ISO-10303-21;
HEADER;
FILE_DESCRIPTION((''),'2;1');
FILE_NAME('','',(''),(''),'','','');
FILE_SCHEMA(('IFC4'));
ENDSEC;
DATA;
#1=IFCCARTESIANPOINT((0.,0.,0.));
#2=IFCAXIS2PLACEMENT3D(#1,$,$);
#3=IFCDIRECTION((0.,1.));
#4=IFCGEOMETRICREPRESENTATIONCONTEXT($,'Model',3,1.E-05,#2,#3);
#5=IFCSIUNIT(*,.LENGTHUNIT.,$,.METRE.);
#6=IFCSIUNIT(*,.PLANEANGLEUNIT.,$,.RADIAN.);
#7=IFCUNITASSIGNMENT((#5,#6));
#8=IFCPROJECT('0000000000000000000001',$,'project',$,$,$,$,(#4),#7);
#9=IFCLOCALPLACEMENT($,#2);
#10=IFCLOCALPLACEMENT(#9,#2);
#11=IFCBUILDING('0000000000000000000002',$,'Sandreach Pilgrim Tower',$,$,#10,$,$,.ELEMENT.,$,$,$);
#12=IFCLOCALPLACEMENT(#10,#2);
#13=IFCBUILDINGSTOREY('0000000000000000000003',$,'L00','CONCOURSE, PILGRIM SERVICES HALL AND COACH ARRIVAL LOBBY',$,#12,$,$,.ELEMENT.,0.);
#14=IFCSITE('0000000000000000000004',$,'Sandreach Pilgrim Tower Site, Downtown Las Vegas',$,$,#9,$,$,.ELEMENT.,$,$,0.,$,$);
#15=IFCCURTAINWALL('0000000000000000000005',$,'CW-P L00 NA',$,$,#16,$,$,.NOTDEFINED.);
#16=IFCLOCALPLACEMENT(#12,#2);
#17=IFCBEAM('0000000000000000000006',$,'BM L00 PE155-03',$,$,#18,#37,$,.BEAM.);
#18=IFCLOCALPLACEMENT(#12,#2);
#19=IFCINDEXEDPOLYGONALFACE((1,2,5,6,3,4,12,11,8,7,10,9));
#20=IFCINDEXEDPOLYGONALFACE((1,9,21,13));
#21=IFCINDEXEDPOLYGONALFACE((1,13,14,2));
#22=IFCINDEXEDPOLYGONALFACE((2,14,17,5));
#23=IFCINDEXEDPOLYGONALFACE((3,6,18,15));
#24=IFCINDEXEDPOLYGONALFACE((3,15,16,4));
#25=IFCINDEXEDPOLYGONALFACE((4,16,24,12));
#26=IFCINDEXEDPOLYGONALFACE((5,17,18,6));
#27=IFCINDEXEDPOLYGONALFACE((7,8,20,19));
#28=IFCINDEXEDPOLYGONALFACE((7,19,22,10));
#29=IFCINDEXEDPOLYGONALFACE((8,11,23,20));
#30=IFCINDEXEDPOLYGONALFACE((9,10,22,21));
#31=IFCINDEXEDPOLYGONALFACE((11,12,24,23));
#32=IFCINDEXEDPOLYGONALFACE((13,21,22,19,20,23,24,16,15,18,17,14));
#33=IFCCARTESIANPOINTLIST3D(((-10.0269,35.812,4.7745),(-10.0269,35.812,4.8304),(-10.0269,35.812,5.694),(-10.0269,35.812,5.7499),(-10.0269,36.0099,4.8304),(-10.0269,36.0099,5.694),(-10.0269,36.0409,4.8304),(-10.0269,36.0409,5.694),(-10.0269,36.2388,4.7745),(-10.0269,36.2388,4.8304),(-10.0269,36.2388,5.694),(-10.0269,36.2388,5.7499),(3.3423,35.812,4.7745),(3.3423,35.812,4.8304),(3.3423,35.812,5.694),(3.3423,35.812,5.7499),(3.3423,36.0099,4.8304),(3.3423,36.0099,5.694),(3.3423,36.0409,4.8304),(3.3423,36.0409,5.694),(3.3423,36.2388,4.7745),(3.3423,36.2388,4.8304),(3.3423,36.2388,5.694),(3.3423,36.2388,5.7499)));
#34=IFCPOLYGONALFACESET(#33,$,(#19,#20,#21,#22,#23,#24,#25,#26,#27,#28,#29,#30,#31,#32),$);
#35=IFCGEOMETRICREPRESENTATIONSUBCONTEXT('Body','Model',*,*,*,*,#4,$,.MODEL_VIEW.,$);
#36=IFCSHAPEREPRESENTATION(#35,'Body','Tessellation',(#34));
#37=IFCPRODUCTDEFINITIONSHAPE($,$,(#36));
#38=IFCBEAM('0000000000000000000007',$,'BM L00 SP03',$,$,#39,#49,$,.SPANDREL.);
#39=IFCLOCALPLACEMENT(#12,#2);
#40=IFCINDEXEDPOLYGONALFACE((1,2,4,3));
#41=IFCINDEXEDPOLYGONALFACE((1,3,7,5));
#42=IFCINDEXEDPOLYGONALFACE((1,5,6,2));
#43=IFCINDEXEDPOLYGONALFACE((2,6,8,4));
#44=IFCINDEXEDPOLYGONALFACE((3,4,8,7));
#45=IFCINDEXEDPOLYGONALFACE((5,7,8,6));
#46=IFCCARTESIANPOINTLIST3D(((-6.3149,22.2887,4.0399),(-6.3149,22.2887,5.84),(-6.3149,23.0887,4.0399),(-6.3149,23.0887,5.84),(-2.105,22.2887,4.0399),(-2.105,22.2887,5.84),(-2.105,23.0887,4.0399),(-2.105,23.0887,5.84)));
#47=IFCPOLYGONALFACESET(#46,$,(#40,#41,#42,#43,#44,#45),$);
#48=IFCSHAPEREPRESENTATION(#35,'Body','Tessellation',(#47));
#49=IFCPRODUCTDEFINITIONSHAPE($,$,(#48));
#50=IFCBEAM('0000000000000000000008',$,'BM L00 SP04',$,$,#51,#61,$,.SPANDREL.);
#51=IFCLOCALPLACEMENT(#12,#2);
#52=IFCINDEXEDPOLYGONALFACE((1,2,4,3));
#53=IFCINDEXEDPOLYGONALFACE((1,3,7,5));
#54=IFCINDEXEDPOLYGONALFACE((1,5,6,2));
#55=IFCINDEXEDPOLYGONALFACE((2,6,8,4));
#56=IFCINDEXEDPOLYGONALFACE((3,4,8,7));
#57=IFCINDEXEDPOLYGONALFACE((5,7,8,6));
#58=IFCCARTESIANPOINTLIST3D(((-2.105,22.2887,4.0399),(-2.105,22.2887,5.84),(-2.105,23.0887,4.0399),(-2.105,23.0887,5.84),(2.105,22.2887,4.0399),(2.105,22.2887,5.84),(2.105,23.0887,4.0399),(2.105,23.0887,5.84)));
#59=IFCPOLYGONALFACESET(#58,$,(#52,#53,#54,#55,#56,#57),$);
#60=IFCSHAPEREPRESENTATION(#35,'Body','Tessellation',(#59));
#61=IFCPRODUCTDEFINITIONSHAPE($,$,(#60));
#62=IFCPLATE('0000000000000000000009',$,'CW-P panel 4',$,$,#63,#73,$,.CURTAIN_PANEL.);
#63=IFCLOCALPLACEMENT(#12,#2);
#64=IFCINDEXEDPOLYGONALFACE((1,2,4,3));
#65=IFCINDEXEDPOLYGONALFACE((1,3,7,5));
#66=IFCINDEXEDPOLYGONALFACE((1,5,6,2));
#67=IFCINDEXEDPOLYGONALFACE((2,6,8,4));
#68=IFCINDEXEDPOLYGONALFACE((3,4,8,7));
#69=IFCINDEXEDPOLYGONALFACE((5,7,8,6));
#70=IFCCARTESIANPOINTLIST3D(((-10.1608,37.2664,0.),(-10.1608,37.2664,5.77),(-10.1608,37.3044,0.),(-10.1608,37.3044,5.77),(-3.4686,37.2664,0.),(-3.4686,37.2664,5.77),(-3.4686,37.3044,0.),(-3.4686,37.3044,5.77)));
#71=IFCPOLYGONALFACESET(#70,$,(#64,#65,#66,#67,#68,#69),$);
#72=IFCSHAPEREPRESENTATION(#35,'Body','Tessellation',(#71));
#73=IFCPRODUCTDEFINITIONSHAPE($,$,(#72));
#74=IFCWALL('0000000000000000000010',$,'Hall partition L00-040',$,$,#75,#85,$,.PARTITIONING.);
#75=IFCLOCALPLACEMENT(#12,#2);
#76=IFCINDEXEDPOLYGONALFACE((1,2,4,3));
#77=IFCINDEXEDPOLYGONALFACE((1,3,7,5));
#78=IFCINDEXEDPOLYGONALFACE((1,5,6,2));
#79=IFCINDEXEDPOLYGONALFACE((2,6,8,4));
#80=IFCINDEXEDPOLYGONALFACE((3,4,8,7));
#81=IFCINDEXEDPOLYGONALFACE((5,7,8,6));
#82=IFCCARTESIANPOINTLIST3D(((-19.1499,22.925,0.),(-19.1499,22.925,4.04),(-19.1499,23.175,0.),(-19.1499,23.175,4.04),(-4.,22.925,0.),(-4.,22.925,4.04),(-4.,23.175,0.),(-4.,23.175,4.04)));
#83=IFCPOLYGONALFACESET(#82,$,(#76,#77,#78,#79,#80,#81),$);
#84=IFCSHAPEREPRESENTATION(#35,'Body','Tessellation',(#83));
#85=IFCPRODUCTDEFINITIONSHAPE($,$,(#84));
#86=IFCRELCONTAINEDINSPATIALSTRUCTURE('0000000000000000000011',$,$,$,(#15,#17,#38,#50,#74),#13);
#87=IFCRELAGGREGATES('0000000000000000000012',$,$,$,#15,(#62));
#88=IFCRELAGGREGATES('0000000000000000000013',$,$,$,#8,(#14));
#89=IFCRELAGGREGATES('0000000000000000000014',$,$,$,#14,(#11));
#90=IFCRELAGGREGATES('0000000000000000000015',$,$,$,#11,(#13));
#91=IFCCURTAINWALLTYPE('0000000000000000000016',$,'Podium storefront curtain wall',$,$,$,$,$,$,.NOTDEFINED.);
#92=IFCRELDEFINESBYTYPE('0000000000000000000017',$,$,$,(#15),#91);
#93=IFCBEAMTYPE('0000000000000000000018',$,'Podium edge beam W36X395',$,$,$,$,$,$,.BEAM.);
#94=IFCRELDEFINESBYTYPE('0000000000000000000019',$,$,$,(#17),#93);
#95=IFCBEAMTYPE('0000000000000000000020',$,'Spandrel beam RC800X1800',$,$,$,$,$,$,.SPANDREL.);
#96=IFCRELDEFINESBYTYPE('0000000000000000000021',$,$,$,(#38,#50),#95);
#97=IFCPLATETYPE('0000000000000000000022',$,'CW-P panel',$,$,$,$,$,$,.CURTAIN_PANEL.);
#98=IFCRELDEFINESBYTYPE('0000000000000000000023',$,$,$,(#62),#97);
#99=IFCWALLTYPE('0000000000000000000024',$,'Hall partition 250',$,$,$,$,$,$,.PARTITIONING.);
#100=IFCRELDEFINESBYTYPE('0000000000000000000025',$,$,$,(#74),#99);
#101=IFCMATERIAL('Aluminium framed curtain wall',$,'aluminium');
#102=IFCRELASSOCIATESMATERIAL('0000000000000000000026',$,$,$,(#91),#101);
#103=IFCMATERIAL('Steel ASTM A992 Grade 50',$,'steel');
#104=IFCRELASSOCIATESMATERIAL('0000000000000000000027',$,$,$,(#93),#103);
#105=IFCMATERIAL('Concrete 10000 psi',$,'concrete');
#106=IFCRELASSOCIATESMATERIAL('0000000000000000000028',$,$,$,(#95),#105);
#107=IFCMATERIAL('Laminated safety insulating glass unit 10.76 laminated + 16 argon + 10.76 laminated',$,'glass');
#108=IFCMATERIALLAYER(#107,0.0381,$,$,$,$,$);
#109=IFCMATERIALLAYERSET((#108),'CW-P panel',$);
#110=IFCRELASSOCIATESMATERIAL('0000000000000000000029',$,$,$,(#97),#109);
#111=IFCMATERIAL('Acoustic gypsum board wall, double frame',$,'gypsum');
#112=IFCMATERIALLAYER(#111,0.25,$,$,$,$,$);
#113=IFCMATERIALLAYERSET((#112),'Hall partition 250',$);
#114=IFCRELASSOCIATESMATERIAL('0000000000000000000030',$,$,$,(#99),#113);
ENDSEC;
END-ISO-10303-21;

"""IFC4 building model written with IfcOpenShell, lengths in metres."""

from ifc_helpers import new_model, si_unit, direction, frame, frame_2d, origin, origin_2d, place, context, subcontext, project, spatial, rectangle, i_section, extrude, material, layer, layer_set, material_profile, profile_set, type_object, element, aggregate, save


model = new_model("IFC4")

# Units and contexts
model_context = context("Model", 3, precision=1e-05, world=origin(), true_north=direction((0.0, 1.0)))
body_context = subcontext(model_context, "Body", "Model", "MODEL_VIEW")
ifc_project = project(units=[si_unit("LENGTHUNIT", "METRE"), si_unit("PLANEANGLEUNIT", "RADIAN")], contexts=[model_context])

# Site, building, storey
site_placement = place(None, origin())
site = spatial("IfcSite", under=ifc_project, at=site_placement, Name="Sandreach Pilgrim Tower Site, Downtown Las Vegas", CompositionType="ELEMENT", RefElevation=0.0)
building_placement = place(site_placement, origin())
building = spatial("IfcBuilding", under=site, at=building_placement, Name="Sandreach Pilgrim Tower", CompositionType="ELEMENT")
storey_placement = place(building_placement, origin())
storey = spatial("IfcBuildingStorey", under=building, at=storey_placement, Name="L00", Description="CONCOURSE, PILGRIM SERVICES HALL AND COACH ARRIVAL LOBBY", CompositionType="ELEMENT", Elevation=0.0)

# Curtain wall
ifc_material_1 = material(Name="Aluminium framed curtain wall", Category="aluminium")
curtain_wall_type = type_object("IfcCurtainWallType", Name="Podium storefront curtain wall", PredefinedType="NOTDEFINED", material=ifc_material_1)
curtain_wall_placement = place(storey_placement, origin())
curtain_wall = element("IfcCurtainWall", 1, at=curtain_wall_placement, inside=storey, type_object=curtain_wall_type, Name="CW-P L00 NA", PredefinedType="NOTDEFINED")

# Beams
ifc_material_2 = material(Name="Steel ASTM A992 Grade 50", Category="steel")
ifc_material_profile_1 = material_profile(ifc_material_2, i_section(OverallWidth=0.4268, OverallDepth=0.9753, WebThickness=0.031, FlangeThickness=0.0559, at=origin_2d()), Name="W36X395")
ifc_profile_set_1 = profile_set([ifc_material_profile_1], Name="Steel ASTM A992 Grade 50")
beam_type_1 = type_object("IfcBeamType", Name="Podium edge beam W36X395", PredefinedType="BEAM", material=ifc_profile_set_1)
beam_1_placement = place(storey_placement, frame((-10.0269, 36.0254, 5.2622), z_axis=(1.0, 0.0, 0.0), x_axis=(0.0, 1.0, 0.0)))
element("IfcBeam", 2, at=beam_1_placement, inside=storey, type_object=beam_type_1, Name="BM L00 PE155-03", PredefinedType="BEAM", context=body_context, shape_type="SweptSolid", body=[
    extrude(i_section(OverallWidth=0.4268, OverallDepth=0.9753, WebThickness=0.031, FlangeThickness=0.0559, at=origin_2d()), origin(), (0.0, 0.0, 1.0), 13.3691),
])
ifc_material_3 = material(Name="Concrete 10000 psi", Category="concrete")
ifc_material_profile_2 = material_profile(ifc_material_3, rectangle(XDim=0.8, YDim=1.8, at=origin_2d()), Name="RC800X1800")
ifc_profile_set_2 = profile_set([ifc_material_profile_2], Name="Concrete 10000 psi")
beam_type_2 = type_object("IfcBeamType", Name="Spandrel beam RC800X1800", PredefinedType="SPANDREL", material=ifc_profile_set_2)
for number, where, z_axis, x_axis, name in (
    (3, (-6.3149, 22.6887, 4.9399), (1.0, 0.0, 0.0), (0.0, 1.0, 0.0), "BM L00 SP03"),
    (4, (-2.105, 22.6887, 4.9399), (1.0, 0.0, 0.0), (0.0, 1.0, 0.0), "BM L00 SP04"),
):
    element("IfcBeam", number, at=place(storey_placement, frame(where, z_axis=z_axis, x_axis=x_axis)), inside=storey, type_object=beam_type_2, Name=name, PredefinedType="SPANDREL", context=body_context, shape_type="SweptSolid", body=[
        extrude(rectangle(XDim=0.8, YDim=1.8, at=origin_2d()), origin(), (0.0, 0.0, 1.0), 4.21),
    ])

# Plate
ifc_material_4 = material(Name="Laminated safety insulating glass unit 10.76 laminated + 16 argon + 10.76 laminated", Category="glass")
ifc_layer_1 = layer(ifc_material_4, 0.0381)
ifc_layer_set_1 = layer_set([ifc_layer_1], Name="CW-P panel")
plate_type = type_object("IfcPlateType", Name="CW-P panel", PredefinedType="CURTAIN_PANEL", material=ifc_layer_set_1)
plate_placement = place(storey_placement, frame((-6.8147, 37.2854, 0.0), z_axis=(0.0, 0.0, 1.0), x_axis=(1.0, 0.0, 0.0)))
plate = element("IfcPlate", 5, at=plate_placement, type_object=plate_type, Name="CW-P panel 4", PredefinedType="CURTAIN_PANEL", context=body_context, shape_type="SweptSolid", body=[
    extrude(rectangle(XDim=6.6921, YDim=0.0381, at=origin_2d()), origin(), (0.0, 0.0, 1.0), 5.77),
])
aggregate(curtain_wall, [plate])

# Wall
ifc_material_5 = material(Name="Acoustic gypsum board wall, double frame", Category="gypsum")
ifc_layer_2 = layer(ifc_material_5, 0.25)
ifc_layer_set_2 = layer_set([ifc_layer_2], Name="Hall partition 250")
wall_type_1 = type_object("IfcWallType", Name="Hall partition 250", PredefinedType="PARTITIONING", material=ifc_layer_set_2)
wall_1_placement = place(storey_placement, frame((-4.0, 23.05, 0.0), z_axis=(0.0, 0.0, 1.0), x_axis=(-1.0, 0.0, 0.0)))
element("IfcWall", 6, at=wall_1_placement, inside=storey, type_object=wall_type_1, Name="Hall partition L00-040", PredefinedType="PARTITIONING", context=body_context, shape_type="SweptSolid", body=[
    extrude(rectangle(XDim=15.1499, YDim=0.25, at=frame_2d((7.575, 0.0))), origin(), (0.0, 0.0, 1.0), 4.04),
])

save(model, "model.ifc")
